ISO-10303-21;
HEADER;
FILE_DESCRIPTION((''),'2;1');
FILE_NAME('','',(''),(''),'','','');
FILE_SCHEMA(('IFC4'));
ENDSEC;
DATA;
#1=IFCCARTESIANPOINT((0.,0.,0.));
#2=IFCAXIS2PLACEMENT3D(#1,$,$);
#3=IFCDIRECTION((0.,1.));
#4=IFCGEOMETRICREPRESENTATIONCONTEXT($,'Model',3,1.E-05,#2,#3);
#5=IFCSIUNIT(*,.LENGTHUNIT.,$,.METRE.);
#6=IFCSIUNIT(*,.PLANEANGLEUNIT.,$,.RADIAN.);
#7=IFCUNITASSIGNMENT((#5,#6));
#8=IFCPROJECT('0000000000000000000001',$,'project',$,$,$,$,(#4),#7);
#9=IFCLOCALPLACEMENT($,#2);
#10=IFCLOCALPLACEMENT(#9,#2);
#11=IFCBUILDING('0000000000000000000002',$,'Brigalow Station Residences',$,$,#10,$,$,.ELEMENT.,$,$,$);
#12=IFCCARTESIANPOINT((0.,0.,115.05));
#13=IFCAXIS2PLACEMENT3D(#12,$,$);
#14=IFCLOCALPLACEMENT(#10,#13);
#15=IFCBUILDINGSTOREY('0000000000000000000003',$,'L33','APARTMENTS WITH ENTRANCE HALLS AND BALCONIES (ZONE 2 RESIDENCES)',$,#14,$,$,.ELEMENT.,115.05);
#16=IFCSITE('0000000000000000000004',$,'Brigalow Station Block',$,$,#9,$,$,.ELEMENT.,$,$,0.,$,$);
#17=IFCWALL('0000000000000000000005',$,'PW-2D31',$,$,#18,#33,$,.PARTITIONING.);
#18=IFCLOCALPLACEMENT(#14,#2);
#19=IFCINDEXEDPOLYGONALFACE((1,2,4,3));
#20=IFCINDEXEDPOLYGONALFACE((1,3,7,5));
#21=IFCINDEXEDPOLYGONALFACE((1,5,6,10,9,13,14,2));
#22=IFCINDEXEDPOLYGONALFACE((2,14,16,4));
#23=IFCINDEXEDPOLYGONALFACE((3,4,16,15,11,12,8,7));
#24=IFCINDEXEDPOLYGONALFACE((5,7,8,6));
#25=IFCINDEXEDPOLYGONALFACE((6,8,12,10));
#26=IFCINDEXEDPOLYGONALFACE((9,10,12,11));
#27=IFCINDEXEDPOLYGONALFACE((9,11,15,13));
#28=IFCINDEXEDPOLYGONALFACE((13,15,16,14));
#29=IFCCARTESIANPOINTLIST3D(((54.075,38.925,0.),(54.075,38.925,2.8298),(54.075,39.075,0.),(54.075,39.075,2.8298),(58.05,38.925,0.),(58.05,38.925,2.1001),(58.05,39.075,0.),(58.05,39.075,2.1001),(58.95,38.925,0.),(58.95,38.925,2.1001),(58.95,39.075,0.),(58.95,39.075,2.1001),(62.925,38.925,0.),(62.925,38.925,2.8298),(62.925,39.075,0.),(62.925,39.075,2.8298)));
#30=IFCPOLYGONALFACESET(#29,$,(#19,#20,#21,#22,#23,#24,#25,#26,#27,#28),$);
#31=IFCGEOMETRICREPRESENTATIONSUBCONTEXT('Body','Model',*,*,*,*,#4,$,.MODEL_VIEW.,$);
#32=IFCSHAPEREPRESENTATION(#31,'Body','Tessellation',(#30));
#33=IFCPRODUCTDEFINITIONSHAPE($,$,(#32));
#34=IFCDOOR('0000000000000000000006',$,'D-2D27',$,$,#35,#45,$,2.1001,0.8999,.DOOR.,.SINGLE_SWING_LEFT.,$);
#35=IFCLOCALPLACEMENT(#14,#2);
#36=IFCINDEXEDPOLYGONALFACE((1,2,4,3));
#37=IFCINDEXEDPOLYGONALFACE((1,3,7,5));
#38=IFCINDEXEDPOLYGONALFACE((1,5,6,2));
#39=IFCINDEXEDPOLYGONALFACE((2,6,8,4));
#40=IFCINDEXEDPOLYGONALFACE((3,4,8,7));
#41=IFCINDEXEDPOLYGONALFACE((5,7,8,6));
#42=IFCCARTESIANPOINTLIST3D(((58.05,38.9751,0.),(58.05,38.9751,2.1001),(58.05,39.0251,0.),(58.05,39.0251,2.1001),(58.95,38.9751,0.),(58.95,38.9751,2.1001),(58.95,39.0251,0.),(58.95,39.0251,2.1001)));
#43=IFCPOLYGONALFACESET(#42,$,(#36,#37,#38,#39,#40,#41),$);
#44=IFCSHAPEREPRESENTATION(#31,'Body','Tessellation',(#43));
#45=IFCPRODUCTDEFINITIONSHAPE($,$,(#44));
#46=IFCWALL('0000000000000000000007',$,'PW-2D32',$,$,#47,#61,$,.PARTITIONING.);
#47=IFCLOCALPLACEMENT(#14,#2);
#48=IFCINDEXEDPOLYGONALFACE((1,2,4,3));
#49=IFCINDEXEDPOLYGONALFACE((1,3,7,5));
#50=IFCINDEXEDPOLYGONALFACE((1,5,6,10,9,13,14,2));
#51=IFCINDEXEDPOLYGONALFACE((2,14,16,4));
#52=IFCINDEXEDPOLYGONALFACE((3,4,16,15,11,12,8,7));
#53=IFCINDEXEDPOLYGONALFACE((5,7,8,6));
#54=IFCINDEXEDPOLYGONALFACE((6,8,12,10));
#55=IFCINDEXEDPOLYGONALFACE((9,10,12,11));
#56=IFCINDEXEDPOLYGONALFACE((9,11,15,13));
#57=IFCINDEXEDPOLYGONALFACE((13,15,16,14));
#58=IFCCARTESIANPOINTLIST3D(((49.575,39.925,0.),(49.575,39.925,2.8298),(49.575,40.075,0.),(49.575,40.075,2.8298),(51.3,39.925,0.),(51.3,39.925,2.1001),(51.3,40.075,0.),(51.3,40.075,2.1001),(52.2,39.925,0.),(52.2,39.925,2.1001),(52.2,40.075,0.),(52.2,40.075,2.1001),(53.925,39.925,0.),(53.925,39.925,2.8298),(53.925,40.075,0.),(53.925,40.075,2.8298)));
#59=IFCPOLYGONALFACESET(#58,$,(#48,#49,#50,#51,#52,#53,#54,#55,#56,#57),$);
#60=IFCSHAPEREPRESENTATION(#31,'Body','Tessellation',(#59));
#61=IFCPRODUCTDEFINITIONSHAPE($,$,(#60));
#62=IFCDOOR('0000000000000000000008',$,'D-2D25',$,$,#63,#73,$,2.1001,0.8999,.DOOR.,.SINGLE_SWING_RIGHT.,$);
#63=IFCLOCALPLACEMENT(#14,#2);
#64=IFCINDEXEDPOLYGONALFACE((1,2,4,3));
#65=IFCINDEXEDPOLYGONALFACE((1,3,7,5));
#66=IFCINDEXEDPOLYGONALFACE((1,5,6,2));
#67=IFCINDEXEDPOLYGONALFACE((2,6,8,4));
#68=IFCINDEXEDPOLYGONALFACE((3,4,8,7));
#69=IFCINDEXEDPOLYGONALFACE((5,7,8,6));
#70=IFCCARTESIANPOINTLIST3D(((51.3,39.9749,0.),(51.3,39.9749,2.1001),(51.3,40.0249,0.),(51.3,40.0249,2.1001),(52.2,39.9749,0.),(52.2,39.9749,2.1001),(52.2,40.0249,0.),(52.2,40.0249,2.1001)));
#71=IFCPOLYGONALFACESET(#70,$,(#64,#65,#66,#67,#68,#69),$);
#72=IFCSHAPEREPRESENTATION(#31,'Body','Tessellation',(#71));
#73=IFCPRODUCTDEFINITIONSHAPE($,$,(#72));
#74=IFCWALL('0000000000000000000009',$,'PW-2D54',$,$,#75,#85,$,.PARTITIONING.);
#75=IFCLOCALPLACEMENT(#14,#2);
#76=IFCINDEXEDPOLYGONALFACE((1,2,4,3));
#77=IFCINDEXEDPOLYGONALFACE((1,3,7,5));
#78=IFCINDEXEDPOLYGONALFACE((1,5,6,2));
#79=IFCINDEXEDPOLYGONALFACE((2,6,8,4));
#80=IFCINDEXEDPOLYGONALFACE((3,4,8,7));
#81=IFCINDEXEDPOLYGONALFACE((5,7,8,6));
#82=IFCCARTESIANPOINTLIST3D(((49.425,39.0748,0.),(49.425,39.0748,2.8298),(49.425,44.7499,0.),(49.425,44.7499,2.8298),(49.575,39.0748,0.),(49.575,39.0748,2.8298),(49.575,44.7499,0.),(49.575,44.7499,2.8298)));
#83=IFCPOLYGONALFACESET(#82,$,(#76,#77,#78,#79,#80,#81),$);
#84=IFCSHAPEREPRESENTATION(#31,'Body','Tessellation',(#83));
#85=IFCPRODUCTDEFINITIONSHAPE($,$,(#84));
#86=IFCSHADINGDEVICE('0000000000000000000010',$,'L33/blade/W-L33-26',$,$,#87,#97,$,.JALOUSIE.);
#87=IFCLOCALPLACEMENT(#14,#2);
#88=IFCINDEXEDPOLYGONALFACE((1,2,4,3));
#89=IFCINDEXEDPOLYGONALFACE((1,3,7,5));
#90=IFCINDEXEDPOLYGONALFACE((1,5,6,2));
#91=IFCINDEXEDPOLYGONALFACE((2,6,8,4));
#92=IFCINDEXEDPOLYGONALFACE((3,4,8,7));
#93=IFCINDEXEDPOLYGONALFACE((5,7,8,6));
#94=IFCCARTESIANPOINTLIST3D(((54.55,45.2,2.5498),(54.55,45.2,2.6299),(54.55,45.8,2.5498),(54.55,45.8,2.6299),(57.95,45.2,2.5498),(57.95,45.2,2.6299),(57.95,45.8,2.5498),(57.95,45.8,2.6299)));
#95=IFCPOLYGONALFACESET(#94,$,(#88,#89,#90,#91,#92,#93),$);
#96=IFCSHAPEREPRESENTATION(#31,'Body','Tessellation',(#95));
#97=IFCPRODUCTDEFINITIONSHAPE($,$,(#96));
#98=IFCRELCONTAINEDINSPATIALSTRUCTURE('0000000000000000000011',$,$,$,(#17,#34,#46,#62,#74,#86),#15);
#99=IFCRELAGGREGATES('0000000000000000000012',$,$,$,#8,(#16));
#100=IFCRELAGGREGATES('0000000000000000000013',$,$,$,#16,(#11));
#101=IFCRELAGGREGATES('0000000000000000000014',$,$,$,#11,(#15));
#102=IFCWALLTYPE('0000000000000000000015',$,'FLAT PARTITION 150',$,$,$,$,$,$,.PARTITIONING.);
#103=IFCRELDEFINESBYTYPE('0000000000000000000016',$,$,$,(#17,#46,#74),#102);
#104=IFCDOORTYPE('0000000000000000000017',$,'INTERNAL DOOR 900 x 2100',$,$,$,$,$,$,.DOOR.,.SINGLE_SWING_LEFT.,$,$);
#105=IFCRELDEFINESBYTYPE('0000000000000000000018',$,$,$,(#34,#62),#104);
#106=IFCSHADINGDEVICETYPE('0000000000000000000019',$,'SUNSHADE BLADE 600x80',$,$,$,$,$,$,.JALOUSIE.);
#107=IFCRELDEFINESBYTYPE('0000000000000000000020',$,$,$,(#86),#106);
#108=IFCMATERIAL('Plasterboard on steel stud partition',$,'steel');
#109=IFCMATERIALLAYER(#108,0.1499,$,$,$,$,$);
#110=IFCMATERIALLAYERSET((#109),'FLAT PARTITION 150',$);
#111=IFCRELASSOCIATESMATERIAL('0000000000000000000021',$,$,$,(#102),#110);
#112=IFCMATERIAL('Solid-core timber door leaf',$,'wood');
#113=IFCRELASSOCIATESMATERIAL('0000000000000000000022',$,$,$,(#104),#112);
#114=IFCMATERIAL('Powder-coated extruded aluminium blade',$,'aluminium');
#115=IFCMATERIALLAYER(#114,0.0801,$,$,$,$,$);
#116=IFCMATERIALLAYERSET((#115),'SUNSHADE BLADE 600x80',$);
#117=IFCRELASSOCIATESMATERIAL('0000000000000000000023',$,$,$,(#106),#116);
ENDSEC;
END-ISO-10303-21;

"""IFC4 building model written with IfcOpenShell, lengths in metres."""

from ifc_helpers import new_model, si_unit, direction, frame, frame_2d, origin, origin_2d, place, context, subcontext, project, spatial, rectangle, extrude, material, layer, layer_set, type_object, element, fill, save


model = new_model("IFC4")

# Units and contexts
model_context = context("Model", 3, precision=1e-05, world=origin(), true_north=direction((0.0, 1.0)))
body_context = subcontext(model_context, "Body", "Model", "MODEL_VIEW")
ifc_project = project(units=[si_unit("LENGTHUNIT", "METRE"), si_unit("PLANEANGLEUNIT", "RADIAN")], contexts=[model_context])

# Site, building, storey
site_placement = place(None, origin())
site = spatial("IfcSite", under=ifc_project, at=site_placement, Name="Brigalow Station Block", CompositionType="ELEMENT", RefElevation=0.0)
building_placement = place(site_placement, origin())
building = spatial("IfcBuilding", under=site, at=building_placement, Name="Brigalow Station Residences", CompositionType="ELEMENT")
storey_placement = place(building_placement, frame((0.0, 0.0, 115.05)))
storey = spatial("IfcBuildingStorey", under=building, at=storey_placement, Name="L33", Description="APARTMENTS WITH ENTRANCE HALLS AND BALCONIES (ZONE 2 RESIDENCES)", CompositionType="ELEMENT", Elevation=115.05)

# Walls, openings, doors
ifc_material_1 = material(Name="Plasterboard on steel stud partition", Category="steel")
ifc_layer_1 = layer(ifc_material_1, 0.1499)
ifc_layer_set_1 = layer_set([ifc_layer_1], Name="FLAT PARTITION 150")
wall_type_1 = type_object("IfcWallType", Name="FLAT PARTITION 150", PredefinedType="PARTITIONING", material=ifc_layer_set_1)
wall_1_placement = place(storey_placement, frame((54.075, 39.0, 0.0), z_axis=(0.0, 0.0, 1.0), x_axis=(1.0, 0.0, 0.0)))
wall_1 = element("IfcWall", 1, at=wall_1_placement, inside=storey, type_object=wall_type_1, Name="PW-2D31", PredefinedType="PARTITIONING", context=body_context, shape_type="SweptSolid", body=[
    extrude(rectangle(XDim=8.8501, YDim=0.1499, at=frame_2d((4.425, 0.0))), origin(), (0.0, 0.0, 1.0), 2.8298),
])
opening_1_placement = place(wall_1_placement, frame((3.9751, 0.0, 0.0)))
opening_1 = element("IfcOpeningElement", 2, at=opening_1_placement, cuts=wall_1, PredefinedType="OPENING", context=body_context, shape_type="SweptSolid", body=[
    extrude(rectangle(XDim=0.8999, YDim=2.1001, at=frame_2d((0.45, 1.05))), frame((0.0, 0.085, 0.0), z_axis=(0.0, -1.0, 0.0), x_axis=(1.0, 0.0, 0.0)), (0.0, 0.0, 1.0), 0.1699),
])
ifc_material_2 = material(Name="Solid-core timber door leaf", Category="wood")
door_type_1 = type_object("IfcDoorType", Name="INTERNAL DOOR 900 x 2100", OperationType="SINGLE_SWING_LEFT", PredefinedType="DOOR", material=ifc_material_2)
door_1_placement = place(opening_1_placement, frame((0.8999, 0.0, 0.0), z_axis=(0.0, 0.0, 1.0), x_axis=(-1.0, 0.0, 0.0)))
door_1 = element("IfcDoor", 3, at=door_1_placement, inside=storey, type_object=door_type_1, Name="D-2D27", OperationType="SINGLE_SWING_LEFT", OverallHeight=2.1001, OverallWidth=0.8999, PredefinedType="DOOR", context=body_context, shape_type="SweptSolid", body=[
    extrude(rectangle(XDim=0.8999, YDim=2.1001, at=frame_2d((0.45, 1.05))), frame((0.0, 0.0249, 0.0), z_axis=(0.0, -1.0, 0.0), x_axis=(1.0, 0.0, 0.0)), (0.0, 0.0, 1.0), 0.05),
])
fill(opening_1, door_1)
wall_2_placement = place(storey_placement, frame((49.575, 40.0, 0.0), z_axis=(0.0, 0.0, 1.0), x_axis=(1.0, 0.0, 0.0)))
wall_2 = element("IfcWall", 4, at=wall_2_placement, inside=storey, type_object=wall_type_1, Name="PW-2D32", PredefinedType="PARTITIONING", context=body_context, shape_type="SweptSolid", body=[
    extrude(rectangle(XDim=4.3501, YDim=0.1499, at=frame_2d((2.175, 0.0))), origin(), (0.0, 0.0, 1.0), 2.8298),
])
opening_2_placement = place(wall_2_placement, frame((1.7251, 0.0, 0.0)))
opening_2 = element("IfcOpeningElement", 5, at=opening_2_placement, cuts=wall_2, PredefinedType="OPENING", context=body_context, shape_type="SweptSolid", body=[
    extrude(rectangle(XDim=0.8999, YDim=2.1001, at=frame_2d((0.45, 1.05))), frame((0.0, 0.085, 0.0), z_axis=(0.0, -1.0, 0.0), x_axis=(1.0, 0.0, 0.0)), (0.0, 0.0, 1.0), 0.1699),
])
door_2_placement = place(opening_2_placement, origin())
door_2 = element("IfcDoor", 6, at=door_2_placement, inside=storey, type_object=door_type_1, Name="D-2D25", OperationType="SINGLE_SWING_RIGHT", OverallHeight=2.1001, OverallWidth=0.8999, PredefinedType="DOOR", context=body_context, shape_type="SweptSolid", body=[
    extrude(rectangle(XDim=0.8999, YDim=2.1001, at=frame_2d((0.45, 1.05))), frame((0.0, 0.0249, 0.0), z_axis=(0.0, -1.0, 0.0), x_axis=(1.0, 0.0, 0.0)), (0.0, 0.0, 1.0), 0.05),
])
fill(opening_2, door_2)

# Wall
wall_3_placement = place(storey_placement, frame((49.5, 39.075, 0.0), z_axis=(0.0, 0.0, 1.0), x_axis=(0.0, 1.0, 0.0)))
element("IfcWall", 7, at=wall_3_placement, inside=storey, type_object=wall_type_1, Name="PW-2D54", PredefinedType="PARTITIONING", context=body_context, shape_type="SweptSolid", body=[
    extrude(rectangle(XDim=5.675, YDim=0.1499, at=frame_2d((2.8374, 0.0))), origin(), (0.0, 0.0, 1.0), 2.8298),
])

# Shading device
ifc_material_3 = material(Name="Powder-coated extruded aluminium blade", Category="aluminium")
ifc_layer_2 = layer(ifc_material_3, 0.0801)
ifc_layer_set_2 = layer_set([ifc_layer_2], Name="SUNSHADE BLADE 600x80")
shading_device_type = type_object("IfcShadingDeviceType", Name="SUNSHADE BLADE 600x80", PredefinedType="JALOUSIE", material=ifc_layer_set_2)
shading_device_placement = place(storey_placement, frame((56.25, 45.5, 2.5498), z_axis=(0.0, 0.0, 1.0), x_axis=(-1.0, 0.0, 0.0)))
element("IfcShadingDevice", 8, at=shading_device_placement, inside=storey, type_object=shading_device_type, Name="L33/blade/W-L33-26", PredefinedType="JALOUSIE", context=body_context, shape_type="SweptSolid", body=[
    extrude(rectangle(XDim=3.3999, YDim=0.6001, at=origin_2d()), origin(), (0.0, 0.0, 1.0), 0.0801),
])

save(model, "model.ifc")
